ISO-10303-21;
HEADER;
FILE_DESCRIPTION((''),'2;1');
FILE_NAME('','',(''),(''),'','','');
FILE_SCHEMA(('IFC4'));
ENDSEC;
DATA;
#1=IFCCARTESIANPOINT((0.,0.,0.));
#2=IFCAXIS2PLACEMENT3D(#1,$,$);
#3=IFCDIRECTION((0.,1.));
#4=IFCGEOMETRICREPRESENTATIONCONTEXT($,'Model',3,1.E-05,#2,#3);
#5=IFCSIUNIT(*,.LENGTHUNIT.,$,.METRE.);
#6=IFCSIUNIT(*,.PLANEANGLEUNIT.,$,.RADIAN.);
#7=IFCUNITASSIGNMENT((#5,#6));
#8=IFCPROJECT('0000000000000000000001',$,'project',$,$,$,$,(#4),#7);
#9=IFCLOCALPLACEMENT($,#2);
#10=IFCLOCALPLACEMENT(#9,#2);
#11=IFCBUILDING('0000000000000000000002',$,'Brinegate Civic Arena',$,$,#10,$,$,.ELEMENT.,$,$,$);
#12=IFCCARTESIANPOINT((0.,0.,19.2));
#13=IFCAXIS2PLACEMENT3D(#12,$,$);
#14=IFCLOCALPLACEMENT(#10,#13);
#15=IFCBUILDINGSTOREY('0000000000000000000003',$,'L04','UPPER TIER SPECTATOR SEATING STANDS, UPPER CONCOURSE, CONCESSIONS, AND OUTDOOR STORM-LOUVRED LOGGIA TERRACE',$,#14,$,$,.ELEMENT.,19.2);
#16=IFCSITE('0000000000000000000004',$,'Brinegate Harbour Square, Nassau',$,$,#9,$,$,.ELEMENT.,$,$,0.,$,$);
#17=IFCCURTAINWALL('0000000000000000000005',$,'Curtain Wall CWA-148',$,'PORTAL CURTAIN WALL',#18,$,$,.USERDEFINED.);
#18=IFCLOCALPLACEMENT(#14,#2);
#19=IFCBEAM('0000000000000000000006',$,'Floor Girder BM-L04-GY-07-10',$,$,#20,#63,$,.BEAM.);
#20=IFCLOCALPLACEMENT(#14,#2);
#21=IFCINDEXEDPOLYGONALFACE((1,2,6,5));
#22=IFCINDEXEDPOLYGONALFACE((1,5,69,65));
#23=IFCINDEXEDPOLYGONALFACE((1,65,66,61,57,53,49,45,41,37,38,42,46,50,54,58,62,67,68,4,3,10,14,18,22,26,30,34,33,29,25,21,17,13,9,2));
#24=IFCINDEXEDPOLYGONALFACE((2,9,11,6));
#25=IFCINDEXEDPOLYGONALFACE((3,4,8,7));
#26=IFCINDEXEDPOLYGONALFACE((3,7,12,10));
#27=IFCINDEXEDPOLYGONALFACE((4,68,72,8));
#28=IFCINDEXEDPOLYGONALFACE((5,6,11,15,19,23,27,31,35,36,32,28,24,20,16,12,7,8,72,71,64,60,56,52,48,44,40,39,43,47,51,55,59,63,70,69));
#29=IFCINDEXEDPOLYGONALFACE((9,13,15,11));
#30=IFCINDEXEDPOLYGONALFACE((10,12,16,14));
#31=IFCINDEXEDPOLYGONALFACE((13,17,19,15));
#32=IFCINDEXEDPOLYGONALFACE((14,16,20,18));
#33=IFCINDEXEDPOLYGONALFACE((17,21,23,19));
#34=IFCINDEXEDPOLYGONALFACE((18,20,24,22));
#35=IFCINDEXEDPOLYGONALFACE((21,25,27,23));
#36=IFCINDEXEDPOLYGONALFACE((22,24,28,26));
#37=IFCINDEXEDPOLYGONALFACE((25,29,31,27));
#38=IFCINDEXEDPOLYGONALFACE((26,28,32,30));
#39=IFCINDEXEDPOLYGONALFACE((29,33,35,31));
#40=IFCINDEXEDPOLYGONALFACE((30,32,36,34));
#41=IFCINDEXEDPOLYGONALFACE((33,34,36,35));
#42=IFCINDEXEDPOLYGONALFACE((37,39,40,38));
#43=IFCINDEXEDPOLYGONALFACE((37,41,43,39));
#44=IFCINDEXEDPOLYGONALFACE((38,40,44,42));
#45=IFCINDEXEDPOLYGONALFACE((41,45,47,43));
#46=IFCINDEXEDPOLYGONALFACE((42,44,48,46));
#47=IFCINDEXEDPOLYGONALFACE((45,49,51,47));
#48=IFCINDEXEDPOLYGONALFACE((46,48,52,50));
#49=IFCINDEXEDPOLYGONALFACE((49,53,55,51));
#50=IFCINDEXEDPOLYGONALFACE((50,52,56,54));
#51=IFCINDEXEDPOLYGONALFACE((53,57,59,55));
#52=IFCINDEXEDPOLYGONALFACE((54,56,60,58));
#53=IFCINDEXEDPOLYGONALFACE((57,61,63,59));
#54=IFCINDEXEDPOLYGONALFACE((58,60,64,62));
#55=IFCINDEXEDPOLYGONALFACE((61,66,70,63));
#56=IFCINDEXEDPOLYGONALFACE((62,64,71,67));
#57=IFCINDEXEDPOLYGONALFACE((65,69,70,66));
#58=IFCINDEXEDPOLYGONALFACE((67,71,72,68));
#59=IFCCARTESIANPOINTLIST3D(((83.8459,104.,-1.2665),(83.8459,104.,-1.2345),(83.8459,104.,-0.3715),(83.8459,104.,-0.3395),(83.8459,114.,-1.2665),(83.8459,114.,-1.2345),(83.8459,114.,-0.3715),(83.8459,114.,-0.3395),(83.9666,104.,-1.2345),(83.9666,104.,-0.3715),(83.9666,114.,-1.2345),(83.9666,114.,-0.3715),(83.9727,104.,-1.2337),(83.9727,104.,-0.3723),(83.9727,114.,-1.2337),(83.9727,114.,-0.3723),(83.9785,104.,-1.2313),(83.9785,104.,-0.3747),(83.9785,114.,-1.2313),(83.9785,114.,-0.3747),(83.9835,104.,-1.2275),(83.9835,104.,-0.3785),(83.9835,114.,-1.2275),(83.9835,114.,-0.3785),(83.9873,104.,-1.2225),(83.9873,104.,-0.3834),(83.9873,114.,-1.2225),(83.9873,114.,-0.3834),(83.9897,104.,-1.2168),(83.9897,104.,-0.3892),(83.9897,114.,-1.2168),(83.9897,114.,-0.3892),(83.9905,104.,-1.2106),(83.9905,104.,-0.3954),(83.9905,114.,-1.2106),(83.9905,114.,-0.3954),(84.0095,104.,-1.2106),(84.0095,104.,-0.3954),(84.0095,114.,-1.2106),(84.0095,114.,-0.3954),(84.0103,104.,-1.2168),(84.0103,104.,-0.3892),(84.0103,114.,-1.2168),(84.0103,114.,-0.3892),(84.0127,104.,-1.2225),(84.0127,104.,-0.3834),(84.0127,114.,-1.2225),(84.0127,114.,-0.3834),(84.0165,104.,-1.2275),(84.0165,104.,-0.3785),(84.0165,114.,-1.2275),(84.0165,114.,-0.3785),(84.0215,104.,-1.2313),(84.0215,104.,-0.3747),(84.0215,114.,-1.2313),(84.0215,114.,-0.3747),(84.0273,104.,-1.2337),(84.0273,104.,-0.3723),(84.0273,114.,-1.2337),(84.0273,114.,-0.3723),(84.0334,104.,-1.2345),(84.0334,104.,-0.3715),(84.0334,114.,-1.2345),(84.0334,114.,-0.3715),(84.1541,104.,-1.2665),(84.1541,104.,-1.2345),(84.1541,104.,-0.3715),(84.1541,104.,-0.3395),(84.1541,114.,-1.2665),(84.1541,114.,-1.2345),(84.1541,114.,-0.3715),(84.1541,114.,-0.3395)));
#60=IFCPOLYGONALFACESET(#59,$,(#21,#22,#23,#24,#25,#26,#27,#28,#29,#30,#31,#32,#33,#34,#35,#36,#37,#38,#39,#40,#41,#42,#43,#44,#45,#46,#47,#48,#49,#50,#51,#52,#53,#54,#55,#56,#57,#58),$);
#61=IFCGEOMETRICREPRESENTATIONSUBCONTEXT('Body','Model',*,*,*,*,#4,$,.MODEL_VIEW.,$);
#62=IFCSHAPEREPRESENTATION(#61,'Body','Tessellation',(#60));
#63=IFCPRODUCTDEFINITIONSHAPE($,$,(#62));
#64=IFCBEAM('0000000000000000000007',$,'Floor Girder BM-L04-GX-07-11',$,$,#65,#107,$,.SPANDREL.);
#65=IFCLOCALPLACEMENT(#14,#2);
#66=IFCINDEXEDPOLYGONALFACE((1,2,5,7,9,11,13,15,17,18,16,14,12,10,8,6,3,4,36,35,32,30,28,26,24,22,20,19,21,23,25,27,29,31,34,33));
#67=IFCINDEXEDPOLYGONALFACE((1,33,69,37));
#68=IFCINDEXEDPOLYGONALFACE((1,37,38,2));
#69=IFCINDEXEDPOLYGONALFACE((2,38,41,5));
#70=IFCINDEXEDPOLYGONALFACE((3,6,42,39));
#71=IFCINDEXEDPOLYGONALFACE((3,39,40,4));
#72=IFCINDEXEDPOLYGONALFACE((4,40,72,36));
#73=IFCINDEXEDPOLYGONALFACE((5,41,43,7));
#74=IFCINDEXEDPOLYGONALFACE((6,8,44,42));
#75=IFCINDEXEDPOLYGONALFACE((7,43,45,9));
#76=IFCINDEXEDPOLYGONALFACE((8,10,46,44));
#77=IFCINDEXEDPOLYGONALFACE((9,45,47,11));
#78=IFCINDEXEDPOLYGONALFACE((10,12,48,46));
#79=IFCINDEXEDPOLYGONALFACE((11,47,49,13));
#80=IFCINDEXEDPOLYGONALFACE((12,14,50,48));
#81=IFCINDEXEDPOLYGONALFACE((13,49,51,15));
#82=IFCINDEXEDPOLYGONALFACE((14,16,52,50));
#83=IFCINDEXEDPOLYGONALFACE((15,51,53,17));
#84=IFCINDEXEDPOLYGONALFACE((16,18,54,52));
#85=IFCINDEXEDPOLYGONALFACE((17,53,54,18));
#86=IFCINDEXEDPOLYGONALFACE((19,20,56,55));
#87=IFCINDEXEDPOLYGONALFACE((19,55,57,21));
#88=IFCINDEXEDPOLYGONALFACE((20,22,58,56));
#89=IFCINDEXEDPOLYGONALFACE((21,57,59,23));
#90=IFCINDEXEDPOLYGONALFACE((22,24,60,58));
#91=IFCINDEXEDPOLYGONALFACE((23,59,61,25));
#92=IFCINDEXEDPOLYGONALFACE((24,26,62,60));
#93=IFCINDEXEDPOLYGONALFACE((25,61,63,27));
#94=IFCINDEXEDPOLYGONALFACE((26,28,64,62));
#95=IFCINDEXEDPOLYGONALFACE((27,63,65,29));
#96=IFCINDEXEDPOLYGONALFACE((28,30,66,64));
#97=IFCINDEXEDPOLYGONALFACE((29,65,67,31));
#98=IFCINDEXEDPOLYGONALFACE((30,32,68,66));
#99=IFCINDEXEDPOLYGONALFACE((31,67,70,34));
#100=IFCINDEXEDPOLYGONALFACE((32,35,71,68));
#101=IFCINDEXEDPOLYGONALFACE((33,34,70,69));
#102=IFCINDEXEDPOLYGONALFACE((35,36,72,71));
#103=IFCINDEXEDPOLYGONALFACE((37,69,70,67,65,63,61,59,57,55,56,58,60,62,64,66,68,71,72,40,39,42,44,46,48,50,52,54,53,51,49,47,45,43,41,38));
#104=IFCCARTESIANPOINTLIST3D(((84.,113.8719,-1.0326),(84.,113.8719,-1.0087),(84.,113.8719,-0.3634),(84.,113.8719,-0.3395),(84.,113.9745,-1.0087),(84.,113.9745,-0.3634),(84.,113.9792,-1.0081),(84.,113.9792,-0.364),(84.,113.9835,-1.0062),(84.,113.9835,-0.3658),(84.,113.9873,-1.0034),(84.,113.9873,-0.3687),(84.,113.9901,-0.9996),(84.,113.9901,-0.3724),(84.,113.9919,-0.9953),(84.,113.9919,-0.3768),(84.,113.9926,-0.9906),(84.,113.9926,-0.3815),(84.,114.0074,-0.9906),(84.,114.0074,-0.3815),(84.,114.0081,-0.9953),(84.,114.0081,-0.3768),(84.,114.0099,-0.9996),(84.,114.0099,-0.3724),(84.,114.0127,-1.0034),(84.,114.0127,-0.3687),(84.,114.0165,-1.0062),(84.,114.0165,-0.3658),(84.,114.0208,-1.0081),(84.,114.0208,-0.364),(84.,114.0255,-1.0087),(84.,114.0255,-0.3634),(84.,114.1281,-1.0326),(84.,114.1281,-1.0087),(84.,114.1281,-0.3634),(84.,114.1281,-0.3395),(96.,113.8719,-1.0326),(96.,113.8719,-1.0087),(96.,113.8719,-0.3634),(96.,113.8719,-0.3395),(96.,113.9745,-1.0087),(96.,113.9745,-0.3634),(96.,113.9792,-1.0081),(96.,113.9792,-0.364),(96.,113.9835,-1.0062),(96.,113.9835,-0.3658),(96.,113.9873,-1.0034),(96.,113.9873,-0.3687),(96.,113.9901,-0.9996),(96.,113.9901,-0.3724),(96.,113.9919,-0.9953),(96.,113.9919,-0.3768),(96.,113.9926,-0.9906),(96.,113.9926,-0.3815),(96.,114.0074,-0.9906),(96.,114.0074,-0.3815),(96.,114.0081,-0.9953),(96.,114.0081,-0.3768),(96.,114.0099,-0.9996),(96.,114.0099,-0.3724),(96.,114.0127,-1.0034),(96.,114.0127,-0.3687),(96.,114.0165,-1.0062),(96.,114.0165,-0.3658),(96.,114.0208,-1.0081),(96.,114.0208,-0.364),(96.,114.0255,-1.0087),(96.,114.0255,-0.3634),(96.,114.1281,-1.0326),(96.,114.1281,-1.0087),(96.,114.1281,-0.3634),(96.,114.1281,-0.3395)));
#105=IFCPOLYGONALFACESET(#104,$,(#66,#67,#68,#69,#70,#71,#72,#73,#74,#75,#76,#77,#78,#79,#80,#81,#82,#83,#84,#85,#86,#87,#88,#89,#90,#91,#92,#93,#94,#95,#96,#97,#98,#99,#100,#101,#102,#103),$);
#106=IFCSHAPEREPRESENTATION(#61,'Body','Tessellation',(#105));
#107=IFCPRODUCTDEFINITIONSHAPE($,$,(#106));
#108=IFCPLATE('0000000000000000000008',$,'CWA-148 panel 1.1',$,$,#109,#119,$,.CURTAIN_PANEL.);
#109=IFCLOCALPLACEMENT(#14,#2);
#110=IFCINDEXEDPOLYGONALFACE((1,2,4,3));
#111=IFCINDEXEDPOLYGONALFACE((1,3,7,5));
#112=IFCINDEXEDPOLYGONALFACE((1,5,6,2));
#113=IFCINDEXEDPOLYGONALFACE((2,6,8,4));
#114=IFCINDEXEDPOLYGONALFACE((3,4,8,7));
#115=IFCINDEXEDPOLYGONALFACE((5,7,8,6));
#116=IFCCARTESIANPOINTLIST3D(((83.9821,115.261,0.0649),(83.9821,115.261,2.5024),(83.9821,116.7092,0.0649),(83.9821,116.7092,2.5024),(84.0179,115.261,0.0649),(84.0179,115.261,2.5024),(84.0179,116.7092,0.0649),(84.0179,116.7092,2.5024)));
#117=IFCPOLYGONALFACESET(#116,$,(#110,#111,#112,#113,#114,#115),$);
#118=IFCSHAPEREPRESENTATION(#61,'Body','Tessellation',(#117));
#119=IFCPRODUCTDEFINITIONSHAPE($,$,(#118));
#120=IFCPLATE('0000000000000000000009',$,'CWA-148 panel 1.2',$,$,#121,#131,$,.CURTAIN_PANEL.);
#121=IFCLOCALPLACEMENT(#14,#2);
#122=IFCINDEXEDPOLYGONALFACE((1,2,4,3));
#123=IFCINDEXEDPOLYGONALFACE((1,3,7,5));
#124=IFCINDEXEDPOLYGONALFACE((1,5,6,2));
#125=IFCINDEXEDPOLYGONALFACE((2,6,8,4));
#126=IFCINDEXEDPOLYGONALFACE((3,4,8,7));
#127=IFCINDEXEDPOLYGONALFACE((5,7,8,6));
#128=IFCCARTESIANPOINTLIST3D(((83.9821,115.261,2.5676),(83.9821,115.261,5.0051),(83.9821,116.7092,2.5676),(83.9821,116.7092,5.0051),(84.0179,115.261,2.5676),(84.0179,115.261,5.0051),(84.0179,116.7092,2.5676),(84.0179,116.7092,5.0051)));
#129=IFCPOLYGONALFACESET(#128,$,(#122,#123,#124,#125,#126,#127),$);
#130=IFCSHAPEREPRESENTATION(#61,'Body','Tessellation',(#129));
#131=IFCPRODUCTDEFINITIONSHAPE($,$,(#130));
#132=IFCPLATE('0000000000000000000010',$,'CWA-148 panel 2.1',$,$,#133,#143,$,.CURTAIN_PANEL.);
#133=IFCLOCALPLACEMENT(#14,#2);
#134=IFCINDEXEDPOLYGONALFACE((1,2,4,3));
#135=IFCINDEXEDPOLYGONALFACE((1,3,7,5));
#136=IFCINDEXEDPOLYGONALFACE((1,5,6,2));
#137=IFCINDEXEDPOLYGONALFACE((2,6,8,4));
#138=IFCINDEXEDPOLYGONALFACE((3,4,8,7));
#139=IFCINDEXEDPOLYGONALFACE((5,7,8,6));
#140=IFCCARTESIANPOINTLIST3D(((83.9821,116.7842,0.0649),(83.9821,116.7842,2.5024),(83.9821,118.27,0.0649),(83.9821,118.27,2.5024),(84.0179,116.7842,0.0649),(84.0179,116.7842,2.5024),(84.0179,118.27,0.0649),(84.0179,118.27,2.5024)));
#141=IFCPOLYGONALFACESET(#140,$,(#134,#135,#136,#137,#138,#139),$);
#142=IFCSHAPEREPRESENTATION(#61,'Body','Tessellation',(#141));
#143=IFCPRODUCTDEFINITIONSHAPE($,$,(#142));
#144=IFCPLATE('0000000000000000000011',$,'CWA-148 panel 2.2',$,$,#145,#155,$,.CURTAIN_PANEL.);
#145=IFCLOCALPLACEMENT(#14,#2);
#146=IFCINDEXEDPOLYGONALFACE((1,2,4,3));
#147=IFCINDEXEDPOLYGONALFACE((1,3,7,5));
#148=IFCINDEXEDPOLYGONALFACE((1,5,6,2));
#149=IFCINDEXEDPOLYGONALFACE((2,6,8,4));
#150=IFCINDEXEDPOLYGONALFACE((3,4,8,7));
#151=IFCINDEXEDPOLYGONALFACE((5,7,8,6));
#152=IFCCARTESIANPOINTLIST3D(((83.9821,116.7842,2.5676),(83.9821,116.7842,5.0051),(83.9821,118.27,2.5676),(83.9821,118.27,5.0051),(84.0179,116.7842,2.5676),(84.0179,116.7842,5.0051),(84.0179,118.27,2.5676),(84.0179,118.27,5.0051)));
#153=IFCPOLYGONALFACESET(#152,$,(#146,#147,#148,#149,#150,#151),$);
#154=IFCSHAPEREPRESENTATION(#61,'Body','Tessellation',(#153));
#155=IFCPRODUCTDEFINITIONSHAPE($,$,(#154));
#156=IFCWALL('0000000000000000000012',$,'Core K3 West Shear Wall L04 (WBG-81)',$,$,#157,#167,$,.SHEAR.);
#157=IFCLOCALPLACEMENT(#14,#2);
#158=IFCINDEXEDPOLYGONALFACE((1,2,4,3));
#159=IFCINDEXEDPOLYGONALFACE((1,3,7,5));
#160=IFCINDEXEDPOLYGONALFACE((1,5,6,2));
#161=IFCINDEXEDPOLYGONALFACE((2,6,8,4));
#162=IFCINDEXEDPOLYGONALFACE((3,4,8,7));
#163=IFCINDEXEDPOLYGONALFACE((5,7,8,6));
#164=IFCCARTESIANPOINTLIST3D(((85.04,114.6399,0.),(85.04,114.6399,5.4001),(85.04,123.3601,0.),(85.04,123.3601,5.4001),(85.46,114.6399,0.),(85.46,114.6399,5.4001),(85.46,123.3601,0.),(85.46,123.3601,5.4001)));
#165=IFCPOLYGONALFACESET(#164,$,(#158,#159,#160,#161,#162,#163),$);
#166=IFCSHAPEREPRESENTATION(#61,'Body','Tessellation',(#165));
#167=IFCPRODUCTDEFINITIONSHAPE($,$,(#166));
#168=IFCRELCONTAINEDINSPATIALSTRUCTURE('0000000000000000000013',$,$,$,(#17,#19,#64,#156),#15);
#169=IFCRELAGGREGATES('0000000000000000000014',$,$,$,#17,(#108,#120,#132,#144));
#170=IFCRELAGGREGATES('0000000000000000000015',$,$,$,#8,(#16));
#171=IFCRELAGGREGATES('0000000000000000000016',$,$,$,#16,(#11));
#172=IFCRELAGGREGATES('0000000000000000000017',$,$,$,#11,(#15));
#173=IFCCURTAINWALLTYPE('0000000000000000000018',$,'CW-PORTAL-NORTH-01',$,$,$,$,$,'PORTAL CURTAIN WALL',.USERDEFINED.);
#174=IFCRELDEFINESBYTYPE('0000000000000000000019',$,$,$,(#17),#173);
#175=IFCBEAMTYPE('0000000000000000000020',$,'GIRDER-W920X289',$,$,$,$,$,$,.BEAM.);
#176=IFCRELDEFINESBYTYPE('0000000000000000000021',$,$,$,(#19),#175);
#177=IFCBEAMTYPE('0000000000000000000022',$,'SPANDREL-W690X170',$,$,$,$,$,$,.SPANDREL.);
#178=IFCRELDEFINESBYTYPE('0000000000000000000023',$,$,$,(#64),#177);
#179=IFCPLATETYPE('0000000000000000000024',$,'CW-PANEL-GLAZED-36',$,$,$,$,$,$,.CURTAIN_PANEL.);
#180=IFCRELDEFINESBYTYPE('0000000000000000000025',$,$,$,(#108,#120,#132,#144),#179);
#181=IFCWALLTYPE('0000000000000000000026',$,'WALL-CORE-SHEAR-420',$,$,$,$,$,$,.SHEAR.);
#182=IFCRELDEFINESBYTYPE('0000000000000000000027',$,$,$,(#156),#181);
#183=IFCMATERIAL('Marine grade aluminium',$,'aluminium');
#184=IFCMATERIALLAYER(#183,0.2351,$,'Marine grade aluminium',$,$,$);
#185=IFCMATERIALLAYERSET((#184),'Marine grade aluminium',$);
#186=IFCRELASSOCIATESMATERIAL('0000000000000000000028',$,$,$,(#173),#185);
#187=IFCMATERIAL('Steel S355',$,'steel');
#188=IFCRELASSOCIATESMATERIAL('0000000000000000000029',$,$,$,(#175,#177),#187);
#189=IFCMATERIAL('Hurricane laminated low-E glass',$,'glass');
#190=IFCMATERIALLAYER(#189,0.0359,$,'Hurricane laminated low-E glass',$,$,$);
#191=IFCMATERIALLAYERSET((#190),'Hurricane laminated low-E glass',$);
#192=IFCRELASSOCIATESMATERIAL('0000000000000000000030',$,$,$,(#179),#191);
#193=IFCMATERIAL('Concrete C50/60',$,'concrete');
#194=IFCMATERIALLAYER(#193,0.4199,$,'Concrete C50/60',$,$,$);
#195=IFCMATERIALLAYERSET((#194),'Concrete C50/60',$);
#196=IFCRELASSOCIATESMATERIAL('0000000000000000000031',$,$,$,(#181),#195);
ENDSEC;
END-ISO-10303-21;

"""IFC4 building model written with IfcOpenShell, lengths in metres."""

from ifc_helpers import new_model, si_unit, direction, frame, frame_2d, origin, origin_2d, place, context, subcontext, project, spatial, rectangle, i_section, extrude, material, layer, layer_set, material_profile, profile_set, type_object, element, aggregate, save


model = new_model("IFC4")

# Units and contexts
model_context = context("Model", 3, precision=1e-05, world=origin(), true_north=direction((0.0, 1.0)))
body_context = subcontext(model_context, "Body", "Model", "MODEL_VIEW")
ifc_project = project(units=[si_unit("LENGTHUNIT", "METRE"), si_unit("PLANEANGLEUNIT", "RADIAN")], contexts=[model_context])

# Site, building, storey
site_placement = place(None, origin())
site = spatial("IfcSite", under=ifc_project, at=site_placement, Name="Brinegate Harbour Square, Nassau", CompositionType="ELEMENT", RefElevation=0.0)
building_placement = place(site_placement, origin())
building = spatial("IfcBuilding", under=site, at=building_placement, Name="Brinegate Civic Arena", CompositionType="ELEMENT")
storey_placement = place(building_placement, frame((0.0, 0.0, 19.2)))
storey = spatial("IfcBuildingStorey", under=building, at=storey_placement, Name="L04", Description="UPPER TIER SPECTATOR SEATING STANDS, UPPER CONCOURSE, CONCESSIONS, AND OUTDOOR STORM-LOUVRED LOGGIA TERRACE", CompositionType="ELEMENT", Elevation=19.2)

# Shared definitions
ifc_material_1 = material(Name="Concrete C50/60", Category="concrete")

# Curtain wall
ifc_material_2 = material(Name="Marine grade aluminium", Category="aluminium")
ifc_layer_1 = layer(ifc_material_2, 0.2351, Name="Marine grade aluminium")
ifc_layer_set_1 = layer_set([ifc_layer_1], Name="Marine grade aluminium")
curtain_wall_type = type_object("IfcCurtainWallType", Name="CW-PORTAL-NORTH-01", ElementType="PORTAL CURTAIN WALL", PredefinedType="USERDEFINED", material=ifc_layer_set_1)
curtain_wall_placement = place(storey_placement, origin())
curtain_wall = element("IfcCurtainWall", 1, at=curtain_wall_placement, inside=storey, type_object=curtain_wall_type, Name="Curtain Wall CWA-148", ObjectType="PORTAL CURTAIN WALL", PredefinedType="USERDEFINED")

# Beams
ifc_material_3 = material(Name="Steel S355", Category="steel")
ifc_material_profile_1 = material_profile(ifc_material_3, i_section(OverallWidth=0.3081, OverallDepth=0.927, WebThickness=0.019, FlangeThickness=0.032, FilletRadius=0.0239, at=origin_2d()), Name="W920X289")
ifc_profile_set_1 = profile_set([ifc_material_profile_1], Name="Steel S355")
beam_type_1 = type_object("IfcBeamType", Name="GIRDER-W920X289", PredefinedType="BEAM", material=ifc_profile_set_1)
beam_1_placement = place(storey_placement, frame((84.0, 104.0, -0.803), z_axis=(0.0, 1.0, 0.0), x_axis=(-1.0, 0.0, 0.0)))
element("IfcBeam", 2, at=beam_1_placement, inside=storey, type_object=beam_type_1, Name="Floor Girder BM-L04-GY-07-10", PredefinedType="BEAM", context=body_context, shape_type="SweptSolid", body=[
    extrude(i_section(OverallWidth=0.3081, OverallDepth=0.927, WebThickness=0.019, FlangeThickness=0.032, FilletRadius=0.0239, at=origin_2d()), origin(), (0.0, 0.0, 1.0), 10.0),
])
ifc_material_profile_2 = material_profile(ifc_material_3, i_section(OverallWidth=0.2561, OverallDepth=0.6931, WebThickness=0.0149, FlangeThickness=0.0239, FilletRadius=0.0181, at=origin_2d()), Name="W690X170")
ifc_profile_set_2 = profile_set([ifc_material_profile_2], Name="Steel S355")
beam_type_2 = type_object("IfcBeamType", Name="SPANDREL-W690X170", PredefinedType="SPANDREL", material=ifc_profile_set_2)
beam_2_placement = place(storey_placement, frame((84.0, 114.0, -0.686), z_axis=(1.0, 0.0, 0.0), x_axis=(0.0, 1.0, 0.0)))
element("IfcBeam", 3, at=beam_2_placement, inside=storey, type_object=beam_type_2, Name="Floor Girder BM-L04-GX-07-11", PredefinedType="SPANDREL", context=body_context, shape_type="SweptSolid", body=[
    extrude(i_section(OverallWidth=0.2561, OverallDepth=0.6931, WebThickness=0.0149, FlangeThickness=0.0239, FilletRadius=0.0181, at=origin_2d()), origin(), (0.0, 0.0, 1.0), 12.0),
])

# Plates
ifc_material_4 = material(Name="Hurricane laminated low-E glass", Category="glass")
ifc_layer_2 = layer(ifc_material_4, 0.0359, Name="Hurricane laminated low-E glass")
ifc_layer_set_2 = layer_set([ifc_layer_2], Name="Hurricane laminated low-E glass")
plate_type = type_object("IfcPlateType", Name="CW-PANEL-GLAZED-36", PredefinedType="CURTAIN_PANEL", material=ifc_layer_set_2)
plate_1_placement = place(storey_placement, frame((84.0, 115.9851, 0.0649), z_axis=(0.0, 0.0, 1.0), x_axis=(0.0, 1.0, 0.0)))
plate_1 = element("IfcPlate", 4, at=plate_1_placement, type_object=plate_type, Name="CWA-148 panel 1.1", PredefinedType="CURTAIN_PANEL", context=body_context, shape_type="SweptSolid", body=[
    extrude(rectangle(XDim=1.4482, YDim=0.0359, at=origin_2d()), origin(), (0.0, 0.0, 1.0), 2.4375),
])
plate_2_placement = place(storey_placement, frame((84.0, 115.9851, 2.5676), z_axis=(0.0, 0.0, 1.0), x_axis=(0.0, 1.0, 0.0)))
plate_2 = element("IfcPlate", 5, at=plate_2_placement, type_object=plate_type, Name="CWA-148 panel 1.2", PredefinedType="CURTAIN_PANEL", context=body_context, shape_type="SweptSolid", body=[
    extrude(rectangle(XDim=1.4482, YDim=0.0359, at=origin_2d()), origin(), (0.0, 0.0, 1.0), 2.4375),
])
plate_3_placement = place(storey_placement, frame((84.0, 117.5271, 0.0649), z_axis=(0.0, 0.0, 1.0), x_axis=(0.0, 1.0, 0.0)))
plate_3 = element("IfcPlate", 6, at=plate_3_placement, type_object=plate_type, Name="CWA-148 panel 2.1", PredefinedType="CURTAIN_PANEL", context=body_context, shape_type="SweptSolid", body=[
    extrude(rectangle(XDim=1.4858, YDim=0.0359, at=origin_2d()), origin(), (0.0, 0.0, 1.0), 2.4375),
])
plate_4_placement = place(storey_placement, frame((84.0, 117.5271, 2.5676), z_axis=(0.0, 0.0, 1.0), x_axis=(0.0, 1.0, 0.0)))
plate_4 = element("IfcPlate", 7, at=plate_4_placement, type_object=plate_type, Name="CWA-148 panel 2.2", PredefinedType="CURTAIN_PANEL", context=body_context, shape_type="SweptSolid", body=[
    extrude(rectangle(XDim=1.4858, YDim=0.0359, at=origin_2d()), origin(), (0.0, 0.0, 1.0), 2.4375),
])
aggregate(curtain_wall, [plate_1, plate_2, plate_3, plate_4])

# Wall
ifc_layer_3 = layer(ifc_material_1, 0.4199, Name="Concrete C50/60")
ifc_layer_set_3 = layer_set([ifc_layer_3], Name="Concrete C50/60")
wall_type = type_object("IfcWallType", Name="WALL-CORE-SHEAR-420", PredefinedType="SHEAR", material=ifc_layer_set_3)
wall_placement = place(storey_placement, frame((85.25, 114.6399, 0.0), z_axis=(0.0, 0.0, 1.0), x_axis=(0.0, 1.0, 0.0)))
element("IfcWall", 8, at=wall_placement, inside=storey, type_object=wall_type, Name="Core K3 West Shear Wall L04 (WBG-81)", PredefinedType="SHEAR", context=body_context, shape_type="SweptSolid", body=[
    extrude(rectangle(XDim=8.7202, YDim=0.4199, at=frame_2d((4.3601, 0.0))), origin(), (0.0, 0.0, 1.0), 5.4001),
])

save(model, "model.ifc")
